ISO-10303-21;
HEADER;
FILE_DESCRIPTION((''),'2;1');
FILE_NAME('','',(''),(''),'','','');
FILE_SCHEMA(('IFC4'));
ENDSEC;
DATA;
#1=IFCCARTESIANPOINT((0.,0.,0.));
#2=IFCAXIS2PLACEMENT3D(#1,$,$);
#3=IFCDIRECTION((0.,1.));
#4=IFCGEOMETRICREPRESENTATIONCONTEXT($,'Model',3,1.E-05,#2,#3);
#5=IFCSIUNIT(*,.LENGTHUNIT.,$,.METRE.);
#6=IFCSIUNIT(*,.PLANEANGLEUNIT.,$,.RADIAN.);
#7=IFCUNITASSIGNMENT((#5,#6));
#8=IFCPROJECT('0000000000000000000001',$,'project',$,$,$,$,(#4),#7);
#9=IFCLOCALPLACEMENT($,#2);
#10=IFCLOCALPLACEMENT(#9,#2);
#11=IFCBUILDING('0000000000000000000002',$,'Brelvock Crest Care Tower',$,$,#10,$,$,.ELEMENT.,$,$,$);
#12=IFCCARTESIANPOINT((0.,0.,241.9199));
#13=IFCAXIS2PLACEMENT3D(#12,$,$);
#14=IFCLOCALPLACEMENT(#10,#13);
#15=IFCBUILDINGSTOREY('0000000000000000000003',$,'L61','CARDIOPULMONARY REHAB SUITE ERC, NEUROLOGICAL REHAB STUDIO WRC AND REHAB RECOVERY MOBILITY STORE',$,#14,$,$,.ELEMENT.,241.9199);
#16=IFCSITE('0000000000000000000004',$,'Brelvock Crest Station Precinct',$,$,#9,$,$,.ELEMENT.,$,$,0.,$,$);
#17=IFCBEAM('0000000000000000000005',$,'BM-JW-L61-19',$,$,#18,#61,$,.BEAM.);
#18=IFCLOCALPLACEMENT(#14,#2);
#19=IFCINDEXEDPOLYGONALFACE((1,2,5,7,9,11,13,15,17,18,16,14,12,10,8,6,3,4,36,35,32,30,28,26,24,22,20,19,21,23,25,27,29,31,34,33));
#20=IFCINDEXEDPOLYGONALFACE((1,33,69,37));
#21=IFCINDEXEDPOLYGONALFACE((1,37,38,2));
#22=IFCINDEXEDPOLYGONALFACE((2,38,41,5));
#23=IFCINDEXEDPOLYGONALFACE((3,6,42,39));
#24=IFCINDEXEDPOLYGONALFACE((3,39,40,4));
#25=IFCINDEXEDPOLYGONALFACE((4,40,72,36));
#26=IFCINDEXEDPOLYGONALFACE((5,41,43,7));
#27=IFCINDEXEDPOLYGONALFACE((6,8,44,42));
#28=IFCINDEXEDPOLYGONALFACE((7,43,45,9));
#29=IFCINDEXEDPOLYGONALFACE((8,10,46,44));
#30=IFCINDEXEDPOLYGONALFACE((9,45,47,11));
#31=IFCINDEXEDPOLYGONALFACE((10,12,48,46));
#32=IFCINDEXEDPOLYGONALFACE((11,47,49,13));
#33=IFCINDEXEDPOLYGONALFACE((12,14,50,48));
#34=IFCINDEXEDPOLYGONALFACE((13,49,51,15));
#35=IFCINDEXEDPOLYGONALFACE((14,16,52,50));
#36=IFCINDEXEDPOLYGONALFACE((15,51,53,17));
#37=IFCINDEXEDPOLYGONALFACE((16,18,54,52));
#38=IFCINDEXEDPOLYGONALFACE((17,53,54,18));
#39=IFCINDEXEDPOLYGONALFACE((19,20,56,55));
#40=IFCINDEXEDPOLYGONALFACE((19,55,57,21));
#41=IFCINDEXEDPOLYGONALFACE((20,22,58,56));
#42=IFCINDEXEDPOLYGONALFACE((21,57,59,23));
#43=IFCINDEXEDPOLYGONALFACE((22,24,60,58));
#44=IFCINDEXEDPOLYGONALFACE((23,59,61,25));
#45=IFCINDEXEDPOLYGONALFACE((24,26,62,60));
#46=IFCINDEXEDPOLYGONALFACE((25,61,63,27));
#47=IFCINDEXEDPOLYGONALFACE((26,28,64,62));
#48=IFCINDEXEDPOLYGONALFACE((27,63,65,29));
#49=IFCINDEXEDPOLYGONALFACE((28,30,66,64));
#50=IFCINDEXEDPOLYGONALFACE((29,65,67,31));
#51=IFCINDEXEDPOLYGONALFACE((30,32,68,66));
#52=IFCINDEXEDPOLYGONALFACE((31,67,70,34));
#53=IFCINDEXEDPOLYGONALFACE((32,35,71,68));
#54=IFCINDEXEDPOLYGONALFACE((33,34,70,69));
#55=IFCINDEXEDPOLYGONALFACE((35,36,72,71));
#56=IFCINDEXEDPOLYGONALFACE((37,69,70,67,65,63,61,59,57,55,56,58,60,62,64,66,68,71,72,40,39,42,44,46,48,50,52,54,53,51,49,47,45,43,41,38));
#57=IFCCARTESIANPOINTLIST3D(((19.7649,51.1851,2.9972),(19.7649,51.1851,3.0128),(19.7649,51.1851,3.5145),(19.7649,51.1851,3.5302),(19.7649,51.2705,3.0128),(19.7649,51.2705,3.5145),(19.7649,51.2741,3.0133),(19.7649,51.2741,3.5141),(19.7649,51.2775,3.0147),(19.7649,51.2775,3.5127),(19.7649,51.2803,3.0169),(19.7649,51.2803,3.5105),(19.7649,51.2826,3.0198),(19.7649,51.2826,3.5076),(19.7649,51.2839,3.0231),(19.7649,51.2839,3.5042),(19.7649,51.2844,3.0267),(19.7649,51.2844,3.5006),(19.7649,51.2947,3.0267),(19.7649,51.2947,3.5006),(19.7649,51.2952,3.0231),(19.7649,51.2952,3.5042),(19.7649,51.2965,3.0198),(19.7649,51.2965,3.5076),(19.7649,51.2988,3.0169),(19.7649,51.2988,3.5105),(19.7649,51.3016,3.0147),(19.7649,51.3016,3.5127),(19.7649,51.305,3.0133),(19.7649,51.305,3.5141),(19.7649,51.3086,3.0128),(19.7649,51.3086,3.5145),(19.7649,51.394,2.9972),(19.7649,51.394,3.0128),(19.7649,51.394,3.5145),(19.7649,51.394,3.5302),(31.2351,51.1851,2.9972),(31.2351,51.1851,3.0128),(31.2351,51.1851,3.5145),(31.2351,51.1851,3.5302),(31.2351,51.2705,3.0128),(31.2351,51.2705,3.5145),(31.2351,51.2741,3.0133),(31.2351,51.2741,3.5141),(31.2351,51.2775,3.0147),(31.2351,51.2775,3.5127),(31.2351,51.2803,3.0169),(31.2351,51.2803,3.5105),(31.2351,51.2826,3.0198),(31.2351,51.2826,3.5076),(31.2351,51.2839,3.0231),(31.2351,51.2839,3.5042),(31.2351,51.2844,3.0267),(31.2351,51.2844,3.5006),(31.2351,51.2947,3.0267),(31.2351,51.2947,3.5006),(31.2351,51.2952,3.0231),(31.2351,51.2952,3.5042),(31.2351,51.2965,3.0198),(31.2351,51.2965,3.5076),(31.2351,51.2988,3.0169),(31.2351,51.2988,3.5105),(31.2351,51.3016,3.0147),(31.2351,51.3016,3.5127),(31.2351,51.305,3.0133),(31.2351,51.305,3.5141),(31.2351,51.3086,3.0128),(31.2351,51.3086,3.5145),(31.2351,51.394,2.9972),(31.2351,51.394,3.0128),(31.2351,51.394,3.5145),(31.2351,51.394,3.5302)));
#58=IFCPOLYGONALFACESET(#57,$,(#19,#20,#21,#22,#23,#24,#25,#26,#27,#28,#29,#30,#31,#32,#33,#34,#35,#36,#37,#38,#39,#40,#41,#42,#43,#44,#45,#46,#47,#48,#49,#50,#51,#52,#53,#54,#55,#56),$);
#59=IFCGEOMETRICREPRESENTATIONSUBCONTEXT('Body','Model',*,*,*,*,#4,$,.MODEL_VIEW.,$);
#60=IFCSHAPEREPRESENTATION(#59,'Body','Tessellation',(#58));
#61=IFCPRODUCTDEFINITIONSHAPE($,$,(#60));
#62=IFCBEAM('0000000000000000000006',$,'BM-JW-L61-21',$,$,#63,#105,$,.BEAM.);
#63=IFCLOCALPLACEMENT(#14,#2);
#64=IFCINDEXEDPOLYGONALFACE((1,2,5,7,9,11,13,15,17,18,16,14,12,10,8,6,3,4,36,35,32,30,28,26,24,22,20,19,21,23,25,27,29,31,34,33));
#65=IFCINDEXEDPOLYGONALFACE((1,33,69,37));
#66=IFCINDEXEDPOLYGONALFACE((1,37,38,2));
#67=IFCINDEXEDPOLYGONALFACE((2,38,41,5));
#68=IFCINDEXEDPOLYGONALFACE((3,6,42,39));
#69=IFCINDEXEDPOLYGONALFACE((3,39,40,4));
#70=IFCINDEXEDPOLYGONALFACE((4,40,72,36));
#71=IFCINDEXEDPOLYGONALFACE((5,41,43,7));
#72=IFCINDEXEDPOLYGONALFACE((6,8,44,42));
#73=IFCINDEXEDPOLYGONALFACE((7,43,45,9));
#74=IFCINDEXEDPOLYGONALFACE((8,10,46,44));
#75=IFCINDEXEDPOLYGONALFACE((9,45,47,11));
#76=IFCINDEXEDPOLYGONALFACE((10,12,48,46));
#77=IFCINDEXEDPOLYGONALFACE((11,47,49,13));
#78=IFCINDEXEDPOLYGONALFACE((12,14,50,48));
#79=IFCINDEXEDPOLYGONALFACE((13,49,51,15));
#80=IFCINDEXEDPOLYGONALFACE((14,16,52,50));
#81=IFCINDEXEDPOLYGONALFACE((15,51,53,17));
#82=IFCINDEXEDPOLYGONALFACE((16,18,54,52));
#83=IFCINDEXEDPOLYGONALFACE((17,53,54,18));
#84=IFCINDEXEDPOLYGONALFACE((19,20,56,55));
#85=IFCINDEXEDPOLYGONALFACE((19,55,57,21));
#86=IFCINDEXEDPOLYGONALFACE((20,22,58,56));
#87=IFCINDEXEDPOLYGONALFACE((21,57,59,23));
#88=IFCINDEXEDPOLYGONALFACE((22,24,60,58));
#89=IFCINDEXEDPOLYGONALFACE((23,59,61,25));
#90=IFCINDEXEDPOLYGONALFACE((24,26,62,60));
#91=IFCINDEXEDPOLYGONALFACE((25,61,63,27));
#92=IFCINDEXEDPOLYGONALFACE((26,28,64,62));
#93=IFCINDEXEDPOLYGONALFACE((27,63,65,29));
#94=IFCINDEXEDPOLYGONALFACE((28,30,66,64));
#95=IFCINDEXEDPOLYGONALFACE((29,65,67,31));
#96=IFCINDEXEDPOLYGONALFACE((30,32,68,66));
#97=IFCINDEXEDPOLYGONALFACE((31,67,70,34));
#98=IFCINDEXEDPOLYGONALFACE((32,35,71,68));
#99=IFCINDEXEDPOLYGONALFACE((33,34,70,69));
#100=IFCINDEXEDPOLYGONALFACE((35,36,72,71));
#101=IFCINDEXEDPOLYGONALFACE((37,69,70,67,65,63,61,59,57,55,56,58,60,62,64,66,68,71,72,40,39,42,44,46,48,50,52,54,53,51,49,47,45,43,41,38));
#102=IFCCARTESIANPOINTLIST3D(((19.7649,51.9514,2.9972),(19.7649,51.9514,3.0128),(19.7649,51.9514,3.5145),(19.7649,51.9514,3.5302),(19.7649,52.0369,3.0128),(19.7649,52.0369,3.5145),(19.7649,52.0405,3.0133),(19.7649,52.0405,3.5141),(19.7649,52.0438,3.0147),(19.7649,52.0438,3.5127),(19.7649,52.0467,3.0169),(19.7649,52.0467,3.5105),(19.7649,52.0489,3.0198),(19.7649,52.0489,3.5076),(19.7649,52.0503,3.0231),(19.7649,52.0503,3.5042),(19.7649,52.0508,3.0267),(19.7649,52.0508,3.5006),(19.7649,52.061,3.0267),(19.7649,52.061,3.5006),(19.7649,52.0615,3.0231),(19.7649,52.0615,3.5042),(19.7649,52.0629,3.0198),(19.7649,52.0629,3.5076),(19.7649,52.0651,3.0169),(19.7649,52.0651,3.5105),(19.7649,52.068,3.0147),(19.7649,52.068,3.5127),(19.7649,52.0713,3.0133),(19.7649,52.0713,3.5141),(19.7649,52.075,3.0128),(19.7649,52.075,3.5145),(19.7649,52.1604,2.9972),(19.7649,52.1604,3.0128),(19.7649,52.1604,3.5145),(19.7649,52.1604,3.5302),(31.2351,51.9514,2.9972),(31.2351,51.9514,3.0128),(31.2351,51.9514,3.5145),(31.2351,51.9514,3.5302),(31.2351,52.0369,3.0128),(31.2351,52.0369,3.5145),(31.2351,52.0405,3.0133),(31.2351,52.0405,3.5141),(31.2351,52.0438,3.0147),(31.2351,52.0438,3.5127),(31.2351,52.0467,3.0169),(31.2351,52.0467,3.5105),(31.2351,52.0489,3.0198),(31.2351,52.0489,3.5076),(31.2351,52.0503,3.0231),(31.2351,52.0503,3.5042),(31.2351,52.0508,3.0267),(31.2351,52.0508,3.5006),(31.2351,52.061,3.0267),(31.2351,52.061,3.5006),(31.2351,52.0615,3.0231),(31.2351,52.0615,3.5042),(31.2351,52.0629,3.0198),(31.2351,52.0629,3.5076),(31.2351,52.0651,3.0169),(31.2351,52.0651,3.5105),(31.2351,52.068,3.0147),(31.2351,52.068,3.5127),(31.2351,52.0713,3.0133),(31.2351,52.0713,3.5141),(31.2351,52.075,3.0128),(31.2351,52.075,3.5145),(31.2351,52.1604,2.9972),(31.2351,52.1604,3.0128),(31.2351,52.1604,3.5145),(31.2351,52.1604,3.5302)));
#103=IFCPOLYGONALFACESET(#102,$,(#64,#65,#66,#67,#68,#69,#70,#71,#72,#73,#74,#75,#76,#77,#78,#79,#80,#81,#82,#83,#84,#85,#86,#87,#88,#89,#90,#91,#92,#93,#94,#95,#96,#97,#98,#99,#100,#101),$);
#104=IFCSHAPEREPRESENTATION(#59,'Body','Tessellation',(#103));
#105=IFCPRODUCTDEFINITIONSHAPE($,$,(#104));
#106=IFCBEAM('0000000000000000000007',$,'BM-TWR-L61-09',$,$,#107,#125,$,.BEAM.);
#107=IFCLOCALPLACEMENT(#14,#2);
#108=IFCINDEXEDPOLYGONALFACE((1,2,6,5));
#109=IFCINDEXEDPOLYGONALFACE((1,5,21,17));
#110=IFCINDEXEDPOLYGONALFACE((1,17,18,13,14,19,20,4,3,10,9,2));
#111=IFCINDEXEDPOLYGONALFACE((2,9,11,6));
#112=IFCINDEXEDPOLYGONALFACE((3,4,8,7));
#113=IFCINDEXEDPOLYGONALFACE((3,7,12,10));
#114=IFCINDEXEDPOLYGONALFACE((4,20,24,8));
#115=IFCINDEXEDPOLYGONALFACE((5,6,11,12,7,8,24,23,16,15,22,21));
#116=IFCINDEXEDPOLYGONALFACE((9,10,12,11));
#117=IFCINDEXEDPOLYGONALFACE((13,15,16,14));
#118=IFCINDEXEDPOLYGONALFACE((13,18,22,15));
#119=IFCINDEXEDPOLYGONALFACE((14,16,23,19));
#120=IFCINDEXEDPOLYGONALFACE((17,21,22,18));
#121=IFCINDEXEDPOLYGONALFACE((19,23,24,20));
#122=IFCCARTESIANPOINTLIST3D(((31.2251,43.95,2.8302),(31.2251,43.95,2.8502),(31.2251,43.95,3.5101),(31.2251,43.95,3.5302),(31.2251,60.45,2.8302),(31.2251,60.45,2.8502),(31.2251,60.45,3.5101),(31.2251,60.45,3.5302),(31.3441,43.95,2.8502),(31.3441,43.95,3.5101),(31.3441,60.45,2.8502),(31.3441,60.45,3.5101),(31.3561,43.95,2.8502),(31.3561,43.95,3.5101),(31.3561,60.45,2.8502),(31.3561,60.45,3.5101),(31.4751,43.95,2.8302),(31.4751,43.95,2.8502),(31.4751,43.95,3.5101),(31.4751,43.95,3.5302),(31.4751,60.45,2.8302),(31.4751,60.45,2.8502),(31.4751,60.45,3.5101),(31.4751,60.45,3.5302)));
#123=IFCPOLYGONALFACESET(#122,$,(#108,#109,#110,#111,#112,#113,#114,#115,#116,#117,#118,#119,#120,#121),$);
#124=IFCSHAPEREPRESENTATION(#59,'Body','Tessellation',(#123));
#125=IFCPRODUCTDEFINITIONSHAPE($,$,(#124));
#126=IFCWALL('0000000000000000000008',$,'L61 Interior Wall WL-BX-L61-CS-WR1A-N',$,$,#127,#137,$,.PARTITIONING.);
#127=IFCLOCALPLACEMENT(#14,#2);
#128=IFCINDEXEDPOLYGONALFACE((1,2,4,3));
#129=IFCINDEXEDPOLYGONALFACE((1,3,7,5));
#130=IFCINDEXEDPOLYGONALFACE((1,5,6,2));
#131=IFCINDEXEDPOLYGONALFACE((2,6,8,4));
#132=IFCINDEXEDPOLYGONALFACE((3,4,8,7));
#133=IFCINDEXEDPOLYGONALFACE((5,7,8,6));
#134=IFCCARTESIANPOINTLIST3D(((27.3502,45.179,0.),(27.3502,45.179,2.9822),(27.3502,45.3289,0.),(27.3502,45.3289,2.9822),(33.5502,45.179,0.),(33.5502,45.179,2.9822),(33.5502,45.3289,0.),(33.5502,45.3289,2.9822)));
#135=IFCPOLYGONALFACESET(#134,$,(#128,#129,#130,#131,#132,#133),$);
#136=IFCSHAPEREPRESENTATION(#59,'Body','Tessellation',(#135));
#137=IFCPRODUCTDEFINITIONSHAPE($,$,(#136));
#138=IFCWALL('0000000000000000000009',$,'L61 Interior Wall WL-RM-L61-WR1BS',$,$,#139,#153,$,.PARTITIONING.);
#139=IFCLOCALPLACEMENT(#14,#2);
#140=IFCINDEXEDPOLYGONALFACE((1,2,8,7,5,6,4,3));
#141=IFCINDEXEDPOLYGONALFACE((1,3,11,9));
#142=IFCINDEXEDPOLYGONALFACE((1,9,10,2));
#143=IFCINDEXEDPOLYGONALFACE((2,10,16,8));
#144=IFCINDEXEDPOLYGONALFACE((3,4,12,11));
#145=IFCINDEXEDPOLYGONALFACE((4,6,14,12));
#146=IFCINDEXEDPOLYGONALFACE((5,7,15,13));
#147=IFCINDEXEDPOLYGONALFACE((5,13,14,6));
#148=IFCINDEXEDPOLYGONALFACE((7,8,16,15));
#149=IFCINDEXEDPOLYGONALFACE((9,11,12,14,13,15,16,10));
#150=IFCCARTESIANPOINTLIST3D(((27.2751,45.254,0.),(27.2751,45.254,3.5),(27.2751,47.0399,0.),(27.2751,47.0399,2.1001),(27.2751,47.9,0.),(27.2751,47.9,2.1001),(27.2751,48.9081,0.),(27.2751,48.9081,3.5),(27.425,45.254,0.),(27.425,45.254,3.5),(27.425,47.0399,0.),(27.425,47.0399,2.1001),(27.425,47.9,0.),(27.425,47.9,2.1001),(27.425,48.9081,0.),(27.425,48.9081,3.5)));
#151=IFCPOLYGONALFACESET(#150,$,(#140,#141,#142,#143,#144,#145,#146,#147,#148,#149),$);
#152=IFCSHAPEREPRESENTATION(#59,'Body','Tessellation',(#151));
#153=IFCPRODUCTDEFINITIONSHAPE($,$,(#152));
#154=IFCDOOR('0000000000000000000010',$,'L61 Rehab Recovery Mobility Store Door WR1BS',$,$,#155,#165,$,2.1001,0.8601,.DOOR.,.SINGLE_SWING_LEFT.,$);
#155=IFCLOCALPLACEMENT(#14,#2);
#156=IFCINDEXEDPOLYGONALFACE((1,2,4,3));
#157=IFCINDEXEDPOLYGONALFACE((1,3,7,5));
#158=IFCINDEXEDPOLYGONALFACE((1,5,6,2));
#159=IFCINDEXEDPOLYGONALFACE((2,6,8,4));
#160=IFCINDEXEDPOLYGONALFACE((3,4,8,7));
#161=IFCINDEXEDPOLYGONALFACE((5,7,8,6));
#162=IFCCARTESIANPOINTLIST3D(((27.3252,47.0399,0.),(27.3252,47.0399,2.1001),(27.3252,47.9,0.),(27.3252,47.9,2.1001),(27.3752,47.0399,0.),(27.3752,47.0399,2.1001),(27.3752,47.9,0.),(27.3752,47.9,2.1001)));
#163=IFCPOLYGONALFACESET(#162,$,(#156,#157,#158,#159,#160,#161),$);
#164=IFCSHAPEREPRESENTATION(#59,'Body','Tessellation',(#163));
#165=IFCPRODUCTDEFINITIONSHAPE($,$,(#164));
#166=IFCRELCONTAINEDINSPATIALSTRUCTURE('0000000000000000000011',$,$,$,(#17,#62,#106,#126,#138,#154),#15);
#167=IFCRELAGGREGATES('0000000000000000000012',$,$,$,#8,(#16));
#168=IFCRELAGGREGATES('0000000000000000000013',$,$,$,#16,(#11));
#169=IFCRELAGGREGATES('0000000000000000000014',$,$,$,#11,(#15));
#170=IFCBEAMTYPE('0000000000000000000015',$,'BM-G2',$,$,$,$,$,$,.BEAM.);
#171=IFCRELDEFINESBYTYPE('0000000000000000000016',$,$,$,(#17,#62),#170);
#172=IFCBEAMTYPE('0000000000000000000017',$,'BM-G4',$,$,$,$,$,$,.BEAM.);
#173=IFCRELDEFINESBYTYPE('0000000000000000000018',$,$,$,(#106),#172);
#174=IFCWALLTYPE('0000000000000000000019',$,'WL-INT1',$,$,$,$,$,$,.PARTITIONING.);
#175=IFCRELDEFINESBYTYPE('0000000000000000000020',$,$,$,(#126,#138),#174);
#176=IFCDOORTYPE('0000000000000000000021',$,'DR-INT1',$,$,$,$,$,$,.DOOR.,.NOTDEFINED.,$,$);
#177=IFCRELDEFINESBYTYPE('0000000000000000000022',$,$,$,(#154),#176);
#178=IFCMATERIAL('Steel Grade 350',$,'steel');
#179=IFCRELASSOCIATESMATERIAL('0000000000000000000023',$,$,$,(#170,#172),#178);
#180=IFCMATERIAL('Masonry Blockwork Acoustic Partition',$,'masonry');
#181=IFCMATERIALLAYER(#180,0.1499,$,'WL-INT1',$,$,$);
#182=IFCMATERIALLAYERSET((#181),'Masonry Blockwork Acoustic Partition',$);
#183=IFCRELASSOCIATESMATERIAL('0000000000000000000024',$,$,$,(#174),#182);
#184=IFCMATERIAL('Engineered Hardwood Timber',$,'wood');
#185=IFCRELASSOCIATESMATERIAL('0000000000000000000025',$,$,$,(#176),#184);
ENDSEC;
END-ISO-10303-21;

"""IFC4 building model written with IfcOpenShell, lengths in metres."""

from ifc_helpers import new_model, si_unit, direction, frame, frame_2d, origin, origin_2d, place, context, subcontext, project, spatial, rectangle, i_section, extrude, source, transform, mapped, material, layer, layer_set, material_profile, profile_set, type_object, element, fill, save


model = new_model("IFC4")

# Units and contexts
model_context = context("Model", 3, precision=1e-05, world=origin(), true_north=direction((0.0, 1.0)))
body_context = subcontext(model_context, "Body", "Model", "MODEL_VIEW")
ifc_project = project(units=[si_unit("LENGTHUNIT", "METRE"), si_unit("PLANEANGLEUNIT", "RADIAN")], contexts=[model_context])

# Site, building, storey
site_placement = place(None, origin())
site = spatial("IfcSite", under=ifc_project, at=site_placement, Name="Brelvock Crest Station Precinct", CompositionType="ELEMENT", RefElevation=0.0)
building_placement = place(site_placement, origin())
building = spatial("IfcBuilding", under=site, at=building_placement, Name="Brelvock Crest Care Tower", CompositionType="ELEMENT")
storey_placement = place(building_placement, frame((0.0, 0.0, 241.9199)))
storey = spatial("IfcBuildingStorey", under=building, at=storey_placement, Name="L61", Description="CARDIOPULMONARY REHAB SUITE ERC, NEUROLOGICAL REHAB STUDIO WRC AND REHAB RECOVERY MOBILITY STORE", CompositionType="ELEMENT", Elevation=241.9199)

# Beams
ifc_material_1 = material(Name="Steel Grade 350", Category="steel")
ifc_material_profile_1 = material_profile(ifc_material_1, i_section(OverallWidth=0.209, OverallDepth=0.533, WebThickness=0.0103, FlangeThickness=0.0156, FilletRadius=0.0139, at=origin_2d()), Name="530UB92.4")
ifc_profile_set_1 = profile_set([ifc_material_profile_1], Name="Steel Grade 350")
beam_type_1 = type_object("IfcBeamType", Name="BM-G2", PredefinedType="BEAM", material=ifc_profile_set_1)
shared_shape_1 = source(origin(), body_context, "Body", "SweptSolid", [
    extrude(i_section(OverallWidth=0.209, OverallDepth=0.533, WebThickness=0.0103, FlangeThickness=0.0156, FilletRadius=0.0139, at=origin_2d()), origin(), (0.0, 0.0, 1.0), 11.4702),
])
for number, where, z_axis, x_axis, name in (
    (1, (19.7649, 51.2896, 3.2637), (1.0, 0.0, 0.0), (0.0, 1.0, 0.0), "BM-JW-L61-19"),
    (2, (19.7649, 52.0559, 3.2637), (1.0, 0.0, 0.0), (0.0, 1.0, 0.0), "BM-JW-L61-21"),
):
    element("IfcBeam", number, at=place(storey_placement, frame(where, z_axis=z_axis, x_axis=x_axis)), inside=storey, type_object=beam_type_1, Name=name, PredefinedType="BEAM", context=body_context, shape_type="MappedRepresentation", body=[
        mapped(shared_shape_1, transform((0.0, 0.0, 0.0), x_axis=(1.0, 0.0, 0.0), y_axis=(0.0, 1.0, 0.0), z_axis=(0.0, 0.0, 1.0), scale=1.0)),
    ])
ifc_material_profile_2 = material_profile(ifc_material_1, i_section(OverallWidth=0.25, OverallDepth=0.7, WebThickness=0.012, FlangeThickness=0.02, at=origin_2d()), Name="700WB150")
ifc_profile_set_2 = profile_set([ifc_material_profile_2], Name="Steel Grade 350")
beam_type_2 = type_object("IfcBeamType", Name="BM-G4", PredefinedType="BEAM", material=ifc_profile_set_2)
shared_shape_2 = source(origin(), body_context, "Body", "SweptSolid", [
    extrude(i_section(OverallWidth=0.25, OverallDepth=0.7, WebThickness=0.012, FlangeThickness=0.02, at=origin_2d()), origin(), (0.0, 0.0, 1.0), 16.5),
])
beam_1_placement = place(storey_placement, frame((31.3501, 43.95, 3.1802), z_axis=(0.0, 1.0, 0.0), x_axis=(-1.0, 0.0, 0.0)))
element("IfcBeam", 3, at=beam_1_placement, inside=storey, type_object=beam_type_2, Name="BM-TWR-L61-09", PredefinedType="BEAM", context=body_context, shape_type="MappedRepresentation", body=[
    mapped(shared_shape_2, transform((0.0, 0.0, 0.0), x_axis=(1.0, 0.0, 0.0), y_axis=(0.0, 1.0, 0.0), z_axis=(0.0, 0.0, 1.0), scale=1.0)),
])

# Wall
ifc_material_2 = material(Name="Masonry Blockwork Acoustic Partition", Category="masonry")
ifc_layer = layer(ifc_material_2, 0.1499, Name="WL-INT1")
ifc_layer_set = layer_set([ifc_layer], Name="Masonry Blockwork Acoustic Partition")
wall_type = type_object("IfcWallType", Name="WL-INT1", PredefinedType="PARTITIONING", material=ifc_layer_set)
wall_1_placement = place(storey_placement, frame((27.3501, 45.2539, 0.0), z_axis=(0.0, 0.0, 1.0), x_axis=(1.0, 0.0, 0.0)))
element("IfcWall", 4, at=wall_1_placement, inside=storey, type_object=wall_type, Name="L61 Interior Wall WL-BX-L61-CS-WR1A-N", PredefinedType="PARTITIONING", context=body_context, shape_type="SweptSolid", body=[
    extrude(rectangle(XDim=6.2, YDim=0.1499, at=frame_2d((3.1001, 0.0))), origin(), (0.0, 0.0, 1.0), 2.9822),
])

# Wall, opening, door
wall_2_placement = place(storey_placement, frame((27.3501, 45.2539, 0.0), z_axis=(0.0, 0.0, 1.0), x_axis=(0.0, 1.0, 0.0)))
wall_2 = element("IfcWall", 5, at=wall_2_placement, inside=storey, type_object=wall_type, Name="L61 Interior Wall WL-RM-L61-WR1BS", PredefinedType="PARTITIONING", context=body_context, shape_type="SweptSolid", body=[
    extrude(rectangle(XDim=3.6541, YDim=0.1499, at=frame_2d((1.8271, 0.0))), origin(), (0.0, 0.0, 1.0), 3.5),
])
opening_placement = place(wall_2_placement, frame((1.7859, 0.0, 0.0)))
opening = element("IfcOpeningElement", 6, at=opening_placement, cuts=wall_2, PredefinedType="OPENING", context=body_context, shape_type="SweptSolid", body=[
    extrude(rectangle(XDim=0.8601, YDim=2.1001, at=origin_2d()), frame((0.4302, 0.085, 1.05), z_axis=(0.0, -1.0, 0.0), x_axis=(1.0, 0.0, 0.0)), (0.0, 0.0, 1.0), 0.1699),
])
ifc_material_3 = material(Name="Engineered Hardwood Timber", Category="wood")
door_type = type_object("IfcDoorType", Name="DR-INT1", OperationType="NOTDEFINED", PredefinedType="DOOR", material=ifc_material_3)
shared_shape_3 = source(origin(), body_context, "Body", "SweptSolid", [
    extrude(rectangle(XDim=0.8601, YDim=2.1001, at=origin_2d()), frame((0.4302, 0.0249, 1.05), z_axis=(0.0, -1.0, 0.0), x_axis=(1.0, 0.0, 0.0)), (0.0, 0.0, 1.0), 0.05),
])
door_placement = place(opening_placement, origin())
door = element("IfcDoor", 7, at=door_placement, inside=storey, type_object=door_type, Name="L61 Rehab Recovery Mobility Store Door WR1BS", OperationType="SINGLE_SWING_LEFT", OverallHeight=2.1001, OverallWidth=0.8601, PredefinedType="DOOR", context=body_context, shape_type="MappedRepresentation", body=[
    mapped(shared_shape_3, transform((0.0, 0.0, 0.0), x_axis=(1.0, 0.0, 0.0), y_axis=(0.0, 1.0, 0.0), z_axis=(0.0, 0.0, 1.0), scale=1.0)),
])
fill(opening, door)

save(model, "model.ifc")
